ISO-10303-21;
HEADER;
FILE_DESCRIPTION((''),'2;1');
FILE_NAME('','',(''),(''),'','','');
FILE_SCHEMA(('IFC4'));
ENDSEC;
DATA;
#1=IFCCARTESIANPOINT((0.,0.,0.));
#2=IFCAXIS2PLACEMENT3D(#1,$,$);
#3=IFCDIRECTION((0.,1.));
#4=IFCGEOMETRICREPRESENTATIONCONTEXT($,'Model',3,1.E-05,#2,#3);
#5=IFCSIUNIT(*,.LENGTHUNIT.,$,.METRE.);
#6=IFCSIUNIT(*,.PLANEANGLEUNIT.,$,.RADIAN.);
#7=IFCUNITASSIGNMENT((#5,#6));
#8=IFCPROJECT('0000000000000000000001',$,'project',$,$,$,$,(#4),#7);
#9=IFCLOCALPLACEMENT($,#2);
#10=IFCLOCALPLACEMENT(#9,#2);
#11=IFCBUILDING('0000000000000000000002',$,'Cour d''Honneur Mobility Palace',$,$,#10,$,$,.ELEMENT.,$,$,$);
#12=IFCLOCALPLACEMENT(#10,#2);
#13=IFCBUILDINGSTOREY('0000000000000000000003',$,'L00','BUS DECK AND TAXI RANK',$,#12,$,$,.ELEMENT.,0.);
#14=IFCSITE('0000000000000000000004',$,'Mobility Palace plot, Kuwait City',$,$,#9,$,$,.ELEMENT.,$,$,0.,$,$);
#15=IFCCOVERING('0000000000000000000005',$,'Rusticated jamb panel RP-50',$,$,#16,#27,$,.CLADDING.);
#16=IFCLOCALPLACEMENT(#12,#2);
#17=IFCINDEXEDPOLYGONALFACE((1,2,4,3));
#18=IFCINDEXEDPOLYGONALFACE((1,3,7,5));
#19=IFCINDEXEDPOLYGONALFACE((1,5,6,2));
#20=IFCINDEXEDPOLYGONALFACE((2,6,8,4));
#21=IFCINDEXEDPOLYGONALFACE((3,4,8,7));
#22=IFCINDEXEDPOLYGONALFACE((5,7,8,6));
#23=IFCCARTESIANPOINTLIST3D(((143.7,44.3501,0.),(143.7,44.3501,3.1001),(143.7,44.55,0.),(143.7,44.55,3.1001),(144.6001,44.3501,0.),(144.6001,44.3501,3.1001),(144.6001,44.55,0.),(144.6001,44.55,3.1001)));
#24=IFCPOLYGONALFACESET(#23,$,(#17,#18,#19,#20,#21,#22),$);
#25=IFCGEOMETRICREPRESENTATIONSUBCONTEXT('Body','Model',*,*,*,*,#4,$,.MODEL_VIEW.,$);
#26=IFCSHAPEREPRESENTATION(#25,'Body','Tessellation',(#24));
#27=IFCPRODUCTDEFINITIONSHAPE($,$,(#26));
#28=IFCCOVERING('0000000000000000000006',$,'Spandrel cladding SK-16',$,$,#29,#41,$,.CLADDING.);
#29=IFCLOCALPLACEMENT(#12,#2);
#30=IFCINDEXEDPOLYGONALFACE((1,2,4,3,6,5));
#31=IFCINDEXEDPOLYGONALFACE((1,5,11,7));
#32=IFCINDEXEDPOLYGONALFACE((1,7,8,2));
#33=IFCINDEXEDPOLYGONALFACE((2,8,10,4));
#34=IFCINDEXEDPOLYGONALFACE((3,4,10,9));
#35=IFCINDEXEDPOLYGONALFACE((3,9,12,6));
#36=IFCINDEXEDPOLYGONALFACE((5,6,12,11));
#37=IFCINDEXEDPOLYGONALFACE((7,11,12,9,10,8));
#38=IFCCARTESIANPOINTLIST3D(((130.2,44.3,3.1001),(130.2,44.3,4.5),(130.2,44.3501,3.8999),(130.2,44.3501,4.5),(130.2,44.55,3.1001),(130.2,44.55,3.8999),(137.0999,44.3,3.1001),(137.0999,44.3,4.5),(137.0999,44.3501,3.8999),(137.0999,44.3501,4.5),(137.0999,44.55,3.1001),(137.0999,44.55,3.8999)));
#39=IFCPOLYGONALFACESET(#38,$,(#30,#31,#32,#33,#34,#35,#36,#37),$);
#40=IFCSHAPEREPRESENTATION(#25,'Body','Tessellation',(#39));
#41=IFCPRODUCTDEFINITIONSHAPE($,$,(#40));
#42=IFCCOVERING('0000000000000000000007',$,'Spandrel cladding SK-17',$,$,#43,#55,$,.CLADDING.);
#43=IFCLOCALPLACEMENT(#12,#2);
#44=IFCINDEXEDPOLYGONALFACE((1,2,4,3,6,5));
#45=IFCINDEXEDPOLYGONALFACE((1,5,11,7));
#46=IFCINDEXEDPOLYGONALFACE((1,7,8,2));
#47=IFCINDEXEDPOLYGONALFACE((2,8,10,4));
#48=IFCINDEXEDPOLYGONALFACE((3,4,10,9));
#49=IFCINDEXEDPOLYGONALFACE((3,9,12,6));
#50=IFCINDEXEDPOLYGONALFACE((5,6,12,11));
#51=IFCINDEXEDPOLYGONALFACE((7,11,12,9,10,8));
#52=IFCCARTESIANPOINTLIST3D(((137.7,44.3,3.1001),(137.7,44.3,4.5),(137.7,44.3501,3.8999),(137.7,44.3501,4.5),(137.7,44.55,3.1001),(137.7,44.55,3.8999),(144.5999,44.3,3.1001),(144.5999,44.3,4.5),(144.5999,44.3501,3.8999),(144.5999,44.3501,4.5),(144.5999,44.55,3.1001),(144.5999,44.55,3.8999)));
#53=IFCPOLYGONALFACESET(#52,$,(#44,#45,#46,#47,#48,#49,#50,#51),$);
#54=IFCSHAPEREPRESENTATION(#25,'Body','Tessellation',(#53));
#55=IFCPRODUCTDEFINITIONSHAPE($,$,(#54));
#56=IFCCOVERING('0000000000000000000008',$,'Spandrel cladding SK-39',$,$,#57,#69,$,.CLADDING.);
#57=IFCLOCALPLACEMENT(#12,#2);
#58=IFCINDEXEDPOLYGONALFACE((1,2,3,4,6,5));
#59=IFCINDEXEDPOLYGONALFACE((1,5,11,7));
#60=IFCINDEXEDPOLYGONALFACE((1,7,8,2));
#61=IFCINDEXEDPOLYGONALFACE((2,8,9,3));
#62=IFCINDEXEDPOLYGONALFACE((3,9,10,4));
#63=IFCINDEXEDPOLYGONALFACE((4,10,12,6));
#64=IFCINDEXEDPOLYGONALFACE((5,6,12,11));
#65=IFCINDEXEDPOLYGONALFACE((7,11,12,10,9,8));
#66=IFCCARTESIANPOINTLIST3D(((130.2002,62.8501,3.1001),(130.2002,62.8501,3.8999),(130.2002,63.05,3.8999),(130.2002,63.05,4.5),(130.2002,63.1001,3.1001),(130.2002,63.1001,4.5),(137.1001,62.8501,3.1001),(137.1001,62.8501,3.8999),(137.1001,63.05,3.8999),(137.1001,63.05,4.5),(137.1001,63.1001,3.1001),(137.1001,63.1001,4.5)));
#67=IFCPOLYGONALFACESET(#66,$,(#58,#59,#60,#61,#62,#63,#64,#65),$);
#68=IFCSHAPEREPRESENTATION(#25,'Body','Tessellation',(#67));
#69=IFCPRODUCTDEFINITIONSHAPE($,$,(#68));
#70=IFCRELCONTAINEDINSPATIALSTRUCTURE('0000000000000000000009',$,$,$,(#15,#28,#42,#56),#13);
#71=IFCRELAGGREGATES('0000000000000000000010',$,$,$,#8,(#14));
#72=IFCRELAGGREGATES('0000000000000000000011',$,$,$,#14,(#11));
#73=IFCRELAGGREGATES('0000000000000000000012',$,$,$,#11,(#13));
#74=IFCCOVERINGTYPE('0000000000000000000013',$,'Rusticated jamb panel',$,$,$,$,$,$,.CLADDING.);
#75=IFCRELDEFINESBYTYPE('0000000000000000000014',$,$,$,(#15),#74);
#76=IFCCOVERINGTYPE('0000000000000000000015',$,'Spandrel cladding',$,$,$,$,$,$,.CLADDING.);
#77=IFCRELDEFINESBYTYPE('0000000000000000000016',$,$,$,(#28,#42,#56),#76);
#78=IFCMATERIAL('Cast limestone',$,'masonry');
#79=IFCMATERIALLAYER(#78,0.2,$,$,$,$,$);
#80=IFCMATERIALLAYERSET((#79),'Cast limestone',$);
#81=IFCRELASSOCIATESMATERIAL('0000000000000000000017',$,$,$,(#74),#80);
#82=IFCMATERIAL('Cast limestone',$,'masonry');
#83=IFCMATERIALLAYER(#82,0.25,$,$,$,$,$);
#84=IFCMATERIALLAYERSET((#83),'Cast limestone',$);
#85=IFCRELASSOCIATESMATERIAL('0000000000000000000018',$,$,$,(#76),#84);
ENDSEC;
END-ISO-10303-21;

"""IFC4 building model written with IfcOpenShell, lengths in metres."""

from ifc_helpers import new_model, si_unit, direction, frame, origin, place, context, subcontext, project, spatial, polyline, outline, extrude, material, layer, layer_set, type_object, element, save


model = new_model("IFC4")

# Units and contexts
model_context = context("Model", 3, precision=1e-05, world=origin(), true_north=direction((0.0, 1.0)))
body_context = subcontext(model_context, "Body", "Model", "MODEL_VIEW")
ifc_project = project(units=[si_unit("LENGTHUNIT", "METRE"), si_unit("PLANEANGLEUNIT", "RADIAN")], contexts=[model_context])

# Site, building, storey
site_placement = place(None, origin())
site = spatial("IfcSite", under=ifc_project, at=site_placement, Name="Mobility Palace plot, Kuwait City", CompositionType="ELEMENT", RefElevation=0.0)
building_placement = place(site_placement, origin())
building = spatial("IfcBuilding", under=site, at=building_placement, Name="Cour d'Honneur Mobility Palace", CompositionType="ELEMENT")
storey_placement = place(building_placement, origin())
storey = spatial("IfcBuildingStorey", under=building, at=storey_placement, Name="L00", Description="BUS DECK AND TAXI RANK", CompositionType="ELEMENT", Elevation=0.0)

# Coverings
ifc_material_1 = material(Name="Cast limestone", Category="masonry")
ifc_layer_1 = layer(ifc_material_1, 0.2)
ifc_layer_set_1 = layer_set([ifc_layer_1], Name="Cast limestone")
covering_type_1 = type_object("IfcCoveringType", Name="Rusticated jamb panel", PredefinedType="CLADDING", material=ifc_layer_set_1)
for number, where, z_axis, x_axis, name in (
    (1, (143.7, 44.3501, 0.0), (0.0, -1.0, 0.0), (1.0, 0.0, 0.0), "Rusticated jamb panel RP-50"),
):
    element("IfcCovering", number, at=place(storey_placement, frame(where, z_axis=z_axis, x_axis=x_axis)), inside=storey, type_object=covering_type_1, Name=name, PredefinedType="CLADDING", context=body_context, shape_type="SweptSolid", body=[
        extrude(outline(polyline([(0.0, 0.0), (0.9001, 0.0), (0.9001, 3.1001), (0.0, 3.1001), (0.0, 0.0)])), origin(), (0.0, 0.0, -1.0), 0.2),
    ])
ifc_material_2 = material(Name="Cast limestone", Category="masonry")
ifc_layer_2 = layer(ifc_material_2, 0.25)
ifc_layer_set_2 = layer_set([ifc_layer_2], Name="Cast limestone")
covering_type_2 = type_object("IfcCoveringType", Name="Spandrel cladding", PredefinedType="CLADDING", material=ifc_layer_set_2)
for number, where, z_axis, x_axis, name in (
    (2, (130.2, 44.55, 3.1001), (-1.0, 0.0, 0.0), (0.0, -1.0, 0.0), "Spandrel cladding SK-16"),
    (3, (137.7, 44.55, 3.1001), (-1.0, 0.0, 0.0), (0.0, -1.0, 0.0), "Spandrel cladding SK-17"),
    (4, (137.1001, 62.8501, 3.1001), (1.0, 0.0, 0.0), (0.0, 1.0, 0.0), "Spandrel cladding SK-39"),
):
    element("IfcCovering", number, at=place(storey_placement, frame(where, z_axis=z_axis, x_axis=x_axis)), inside=storey, type_object=covering_type_2, Name=name, PredefinedType="CLADDING", context=body_context, shape_type="SweptSolid", body=[
        extrude(outline(polyline([(0.0, 0.0), (0.25, 0.0), (0.25, 1.3999), (0.2, 1.3999), (0.2, 0.7998), (0.0, 0.7998), (0.0, 0.0)])), origin(), (0.0, 0.0, -1.0), 6.8999),
    ])

save(model, "model.ifc")
